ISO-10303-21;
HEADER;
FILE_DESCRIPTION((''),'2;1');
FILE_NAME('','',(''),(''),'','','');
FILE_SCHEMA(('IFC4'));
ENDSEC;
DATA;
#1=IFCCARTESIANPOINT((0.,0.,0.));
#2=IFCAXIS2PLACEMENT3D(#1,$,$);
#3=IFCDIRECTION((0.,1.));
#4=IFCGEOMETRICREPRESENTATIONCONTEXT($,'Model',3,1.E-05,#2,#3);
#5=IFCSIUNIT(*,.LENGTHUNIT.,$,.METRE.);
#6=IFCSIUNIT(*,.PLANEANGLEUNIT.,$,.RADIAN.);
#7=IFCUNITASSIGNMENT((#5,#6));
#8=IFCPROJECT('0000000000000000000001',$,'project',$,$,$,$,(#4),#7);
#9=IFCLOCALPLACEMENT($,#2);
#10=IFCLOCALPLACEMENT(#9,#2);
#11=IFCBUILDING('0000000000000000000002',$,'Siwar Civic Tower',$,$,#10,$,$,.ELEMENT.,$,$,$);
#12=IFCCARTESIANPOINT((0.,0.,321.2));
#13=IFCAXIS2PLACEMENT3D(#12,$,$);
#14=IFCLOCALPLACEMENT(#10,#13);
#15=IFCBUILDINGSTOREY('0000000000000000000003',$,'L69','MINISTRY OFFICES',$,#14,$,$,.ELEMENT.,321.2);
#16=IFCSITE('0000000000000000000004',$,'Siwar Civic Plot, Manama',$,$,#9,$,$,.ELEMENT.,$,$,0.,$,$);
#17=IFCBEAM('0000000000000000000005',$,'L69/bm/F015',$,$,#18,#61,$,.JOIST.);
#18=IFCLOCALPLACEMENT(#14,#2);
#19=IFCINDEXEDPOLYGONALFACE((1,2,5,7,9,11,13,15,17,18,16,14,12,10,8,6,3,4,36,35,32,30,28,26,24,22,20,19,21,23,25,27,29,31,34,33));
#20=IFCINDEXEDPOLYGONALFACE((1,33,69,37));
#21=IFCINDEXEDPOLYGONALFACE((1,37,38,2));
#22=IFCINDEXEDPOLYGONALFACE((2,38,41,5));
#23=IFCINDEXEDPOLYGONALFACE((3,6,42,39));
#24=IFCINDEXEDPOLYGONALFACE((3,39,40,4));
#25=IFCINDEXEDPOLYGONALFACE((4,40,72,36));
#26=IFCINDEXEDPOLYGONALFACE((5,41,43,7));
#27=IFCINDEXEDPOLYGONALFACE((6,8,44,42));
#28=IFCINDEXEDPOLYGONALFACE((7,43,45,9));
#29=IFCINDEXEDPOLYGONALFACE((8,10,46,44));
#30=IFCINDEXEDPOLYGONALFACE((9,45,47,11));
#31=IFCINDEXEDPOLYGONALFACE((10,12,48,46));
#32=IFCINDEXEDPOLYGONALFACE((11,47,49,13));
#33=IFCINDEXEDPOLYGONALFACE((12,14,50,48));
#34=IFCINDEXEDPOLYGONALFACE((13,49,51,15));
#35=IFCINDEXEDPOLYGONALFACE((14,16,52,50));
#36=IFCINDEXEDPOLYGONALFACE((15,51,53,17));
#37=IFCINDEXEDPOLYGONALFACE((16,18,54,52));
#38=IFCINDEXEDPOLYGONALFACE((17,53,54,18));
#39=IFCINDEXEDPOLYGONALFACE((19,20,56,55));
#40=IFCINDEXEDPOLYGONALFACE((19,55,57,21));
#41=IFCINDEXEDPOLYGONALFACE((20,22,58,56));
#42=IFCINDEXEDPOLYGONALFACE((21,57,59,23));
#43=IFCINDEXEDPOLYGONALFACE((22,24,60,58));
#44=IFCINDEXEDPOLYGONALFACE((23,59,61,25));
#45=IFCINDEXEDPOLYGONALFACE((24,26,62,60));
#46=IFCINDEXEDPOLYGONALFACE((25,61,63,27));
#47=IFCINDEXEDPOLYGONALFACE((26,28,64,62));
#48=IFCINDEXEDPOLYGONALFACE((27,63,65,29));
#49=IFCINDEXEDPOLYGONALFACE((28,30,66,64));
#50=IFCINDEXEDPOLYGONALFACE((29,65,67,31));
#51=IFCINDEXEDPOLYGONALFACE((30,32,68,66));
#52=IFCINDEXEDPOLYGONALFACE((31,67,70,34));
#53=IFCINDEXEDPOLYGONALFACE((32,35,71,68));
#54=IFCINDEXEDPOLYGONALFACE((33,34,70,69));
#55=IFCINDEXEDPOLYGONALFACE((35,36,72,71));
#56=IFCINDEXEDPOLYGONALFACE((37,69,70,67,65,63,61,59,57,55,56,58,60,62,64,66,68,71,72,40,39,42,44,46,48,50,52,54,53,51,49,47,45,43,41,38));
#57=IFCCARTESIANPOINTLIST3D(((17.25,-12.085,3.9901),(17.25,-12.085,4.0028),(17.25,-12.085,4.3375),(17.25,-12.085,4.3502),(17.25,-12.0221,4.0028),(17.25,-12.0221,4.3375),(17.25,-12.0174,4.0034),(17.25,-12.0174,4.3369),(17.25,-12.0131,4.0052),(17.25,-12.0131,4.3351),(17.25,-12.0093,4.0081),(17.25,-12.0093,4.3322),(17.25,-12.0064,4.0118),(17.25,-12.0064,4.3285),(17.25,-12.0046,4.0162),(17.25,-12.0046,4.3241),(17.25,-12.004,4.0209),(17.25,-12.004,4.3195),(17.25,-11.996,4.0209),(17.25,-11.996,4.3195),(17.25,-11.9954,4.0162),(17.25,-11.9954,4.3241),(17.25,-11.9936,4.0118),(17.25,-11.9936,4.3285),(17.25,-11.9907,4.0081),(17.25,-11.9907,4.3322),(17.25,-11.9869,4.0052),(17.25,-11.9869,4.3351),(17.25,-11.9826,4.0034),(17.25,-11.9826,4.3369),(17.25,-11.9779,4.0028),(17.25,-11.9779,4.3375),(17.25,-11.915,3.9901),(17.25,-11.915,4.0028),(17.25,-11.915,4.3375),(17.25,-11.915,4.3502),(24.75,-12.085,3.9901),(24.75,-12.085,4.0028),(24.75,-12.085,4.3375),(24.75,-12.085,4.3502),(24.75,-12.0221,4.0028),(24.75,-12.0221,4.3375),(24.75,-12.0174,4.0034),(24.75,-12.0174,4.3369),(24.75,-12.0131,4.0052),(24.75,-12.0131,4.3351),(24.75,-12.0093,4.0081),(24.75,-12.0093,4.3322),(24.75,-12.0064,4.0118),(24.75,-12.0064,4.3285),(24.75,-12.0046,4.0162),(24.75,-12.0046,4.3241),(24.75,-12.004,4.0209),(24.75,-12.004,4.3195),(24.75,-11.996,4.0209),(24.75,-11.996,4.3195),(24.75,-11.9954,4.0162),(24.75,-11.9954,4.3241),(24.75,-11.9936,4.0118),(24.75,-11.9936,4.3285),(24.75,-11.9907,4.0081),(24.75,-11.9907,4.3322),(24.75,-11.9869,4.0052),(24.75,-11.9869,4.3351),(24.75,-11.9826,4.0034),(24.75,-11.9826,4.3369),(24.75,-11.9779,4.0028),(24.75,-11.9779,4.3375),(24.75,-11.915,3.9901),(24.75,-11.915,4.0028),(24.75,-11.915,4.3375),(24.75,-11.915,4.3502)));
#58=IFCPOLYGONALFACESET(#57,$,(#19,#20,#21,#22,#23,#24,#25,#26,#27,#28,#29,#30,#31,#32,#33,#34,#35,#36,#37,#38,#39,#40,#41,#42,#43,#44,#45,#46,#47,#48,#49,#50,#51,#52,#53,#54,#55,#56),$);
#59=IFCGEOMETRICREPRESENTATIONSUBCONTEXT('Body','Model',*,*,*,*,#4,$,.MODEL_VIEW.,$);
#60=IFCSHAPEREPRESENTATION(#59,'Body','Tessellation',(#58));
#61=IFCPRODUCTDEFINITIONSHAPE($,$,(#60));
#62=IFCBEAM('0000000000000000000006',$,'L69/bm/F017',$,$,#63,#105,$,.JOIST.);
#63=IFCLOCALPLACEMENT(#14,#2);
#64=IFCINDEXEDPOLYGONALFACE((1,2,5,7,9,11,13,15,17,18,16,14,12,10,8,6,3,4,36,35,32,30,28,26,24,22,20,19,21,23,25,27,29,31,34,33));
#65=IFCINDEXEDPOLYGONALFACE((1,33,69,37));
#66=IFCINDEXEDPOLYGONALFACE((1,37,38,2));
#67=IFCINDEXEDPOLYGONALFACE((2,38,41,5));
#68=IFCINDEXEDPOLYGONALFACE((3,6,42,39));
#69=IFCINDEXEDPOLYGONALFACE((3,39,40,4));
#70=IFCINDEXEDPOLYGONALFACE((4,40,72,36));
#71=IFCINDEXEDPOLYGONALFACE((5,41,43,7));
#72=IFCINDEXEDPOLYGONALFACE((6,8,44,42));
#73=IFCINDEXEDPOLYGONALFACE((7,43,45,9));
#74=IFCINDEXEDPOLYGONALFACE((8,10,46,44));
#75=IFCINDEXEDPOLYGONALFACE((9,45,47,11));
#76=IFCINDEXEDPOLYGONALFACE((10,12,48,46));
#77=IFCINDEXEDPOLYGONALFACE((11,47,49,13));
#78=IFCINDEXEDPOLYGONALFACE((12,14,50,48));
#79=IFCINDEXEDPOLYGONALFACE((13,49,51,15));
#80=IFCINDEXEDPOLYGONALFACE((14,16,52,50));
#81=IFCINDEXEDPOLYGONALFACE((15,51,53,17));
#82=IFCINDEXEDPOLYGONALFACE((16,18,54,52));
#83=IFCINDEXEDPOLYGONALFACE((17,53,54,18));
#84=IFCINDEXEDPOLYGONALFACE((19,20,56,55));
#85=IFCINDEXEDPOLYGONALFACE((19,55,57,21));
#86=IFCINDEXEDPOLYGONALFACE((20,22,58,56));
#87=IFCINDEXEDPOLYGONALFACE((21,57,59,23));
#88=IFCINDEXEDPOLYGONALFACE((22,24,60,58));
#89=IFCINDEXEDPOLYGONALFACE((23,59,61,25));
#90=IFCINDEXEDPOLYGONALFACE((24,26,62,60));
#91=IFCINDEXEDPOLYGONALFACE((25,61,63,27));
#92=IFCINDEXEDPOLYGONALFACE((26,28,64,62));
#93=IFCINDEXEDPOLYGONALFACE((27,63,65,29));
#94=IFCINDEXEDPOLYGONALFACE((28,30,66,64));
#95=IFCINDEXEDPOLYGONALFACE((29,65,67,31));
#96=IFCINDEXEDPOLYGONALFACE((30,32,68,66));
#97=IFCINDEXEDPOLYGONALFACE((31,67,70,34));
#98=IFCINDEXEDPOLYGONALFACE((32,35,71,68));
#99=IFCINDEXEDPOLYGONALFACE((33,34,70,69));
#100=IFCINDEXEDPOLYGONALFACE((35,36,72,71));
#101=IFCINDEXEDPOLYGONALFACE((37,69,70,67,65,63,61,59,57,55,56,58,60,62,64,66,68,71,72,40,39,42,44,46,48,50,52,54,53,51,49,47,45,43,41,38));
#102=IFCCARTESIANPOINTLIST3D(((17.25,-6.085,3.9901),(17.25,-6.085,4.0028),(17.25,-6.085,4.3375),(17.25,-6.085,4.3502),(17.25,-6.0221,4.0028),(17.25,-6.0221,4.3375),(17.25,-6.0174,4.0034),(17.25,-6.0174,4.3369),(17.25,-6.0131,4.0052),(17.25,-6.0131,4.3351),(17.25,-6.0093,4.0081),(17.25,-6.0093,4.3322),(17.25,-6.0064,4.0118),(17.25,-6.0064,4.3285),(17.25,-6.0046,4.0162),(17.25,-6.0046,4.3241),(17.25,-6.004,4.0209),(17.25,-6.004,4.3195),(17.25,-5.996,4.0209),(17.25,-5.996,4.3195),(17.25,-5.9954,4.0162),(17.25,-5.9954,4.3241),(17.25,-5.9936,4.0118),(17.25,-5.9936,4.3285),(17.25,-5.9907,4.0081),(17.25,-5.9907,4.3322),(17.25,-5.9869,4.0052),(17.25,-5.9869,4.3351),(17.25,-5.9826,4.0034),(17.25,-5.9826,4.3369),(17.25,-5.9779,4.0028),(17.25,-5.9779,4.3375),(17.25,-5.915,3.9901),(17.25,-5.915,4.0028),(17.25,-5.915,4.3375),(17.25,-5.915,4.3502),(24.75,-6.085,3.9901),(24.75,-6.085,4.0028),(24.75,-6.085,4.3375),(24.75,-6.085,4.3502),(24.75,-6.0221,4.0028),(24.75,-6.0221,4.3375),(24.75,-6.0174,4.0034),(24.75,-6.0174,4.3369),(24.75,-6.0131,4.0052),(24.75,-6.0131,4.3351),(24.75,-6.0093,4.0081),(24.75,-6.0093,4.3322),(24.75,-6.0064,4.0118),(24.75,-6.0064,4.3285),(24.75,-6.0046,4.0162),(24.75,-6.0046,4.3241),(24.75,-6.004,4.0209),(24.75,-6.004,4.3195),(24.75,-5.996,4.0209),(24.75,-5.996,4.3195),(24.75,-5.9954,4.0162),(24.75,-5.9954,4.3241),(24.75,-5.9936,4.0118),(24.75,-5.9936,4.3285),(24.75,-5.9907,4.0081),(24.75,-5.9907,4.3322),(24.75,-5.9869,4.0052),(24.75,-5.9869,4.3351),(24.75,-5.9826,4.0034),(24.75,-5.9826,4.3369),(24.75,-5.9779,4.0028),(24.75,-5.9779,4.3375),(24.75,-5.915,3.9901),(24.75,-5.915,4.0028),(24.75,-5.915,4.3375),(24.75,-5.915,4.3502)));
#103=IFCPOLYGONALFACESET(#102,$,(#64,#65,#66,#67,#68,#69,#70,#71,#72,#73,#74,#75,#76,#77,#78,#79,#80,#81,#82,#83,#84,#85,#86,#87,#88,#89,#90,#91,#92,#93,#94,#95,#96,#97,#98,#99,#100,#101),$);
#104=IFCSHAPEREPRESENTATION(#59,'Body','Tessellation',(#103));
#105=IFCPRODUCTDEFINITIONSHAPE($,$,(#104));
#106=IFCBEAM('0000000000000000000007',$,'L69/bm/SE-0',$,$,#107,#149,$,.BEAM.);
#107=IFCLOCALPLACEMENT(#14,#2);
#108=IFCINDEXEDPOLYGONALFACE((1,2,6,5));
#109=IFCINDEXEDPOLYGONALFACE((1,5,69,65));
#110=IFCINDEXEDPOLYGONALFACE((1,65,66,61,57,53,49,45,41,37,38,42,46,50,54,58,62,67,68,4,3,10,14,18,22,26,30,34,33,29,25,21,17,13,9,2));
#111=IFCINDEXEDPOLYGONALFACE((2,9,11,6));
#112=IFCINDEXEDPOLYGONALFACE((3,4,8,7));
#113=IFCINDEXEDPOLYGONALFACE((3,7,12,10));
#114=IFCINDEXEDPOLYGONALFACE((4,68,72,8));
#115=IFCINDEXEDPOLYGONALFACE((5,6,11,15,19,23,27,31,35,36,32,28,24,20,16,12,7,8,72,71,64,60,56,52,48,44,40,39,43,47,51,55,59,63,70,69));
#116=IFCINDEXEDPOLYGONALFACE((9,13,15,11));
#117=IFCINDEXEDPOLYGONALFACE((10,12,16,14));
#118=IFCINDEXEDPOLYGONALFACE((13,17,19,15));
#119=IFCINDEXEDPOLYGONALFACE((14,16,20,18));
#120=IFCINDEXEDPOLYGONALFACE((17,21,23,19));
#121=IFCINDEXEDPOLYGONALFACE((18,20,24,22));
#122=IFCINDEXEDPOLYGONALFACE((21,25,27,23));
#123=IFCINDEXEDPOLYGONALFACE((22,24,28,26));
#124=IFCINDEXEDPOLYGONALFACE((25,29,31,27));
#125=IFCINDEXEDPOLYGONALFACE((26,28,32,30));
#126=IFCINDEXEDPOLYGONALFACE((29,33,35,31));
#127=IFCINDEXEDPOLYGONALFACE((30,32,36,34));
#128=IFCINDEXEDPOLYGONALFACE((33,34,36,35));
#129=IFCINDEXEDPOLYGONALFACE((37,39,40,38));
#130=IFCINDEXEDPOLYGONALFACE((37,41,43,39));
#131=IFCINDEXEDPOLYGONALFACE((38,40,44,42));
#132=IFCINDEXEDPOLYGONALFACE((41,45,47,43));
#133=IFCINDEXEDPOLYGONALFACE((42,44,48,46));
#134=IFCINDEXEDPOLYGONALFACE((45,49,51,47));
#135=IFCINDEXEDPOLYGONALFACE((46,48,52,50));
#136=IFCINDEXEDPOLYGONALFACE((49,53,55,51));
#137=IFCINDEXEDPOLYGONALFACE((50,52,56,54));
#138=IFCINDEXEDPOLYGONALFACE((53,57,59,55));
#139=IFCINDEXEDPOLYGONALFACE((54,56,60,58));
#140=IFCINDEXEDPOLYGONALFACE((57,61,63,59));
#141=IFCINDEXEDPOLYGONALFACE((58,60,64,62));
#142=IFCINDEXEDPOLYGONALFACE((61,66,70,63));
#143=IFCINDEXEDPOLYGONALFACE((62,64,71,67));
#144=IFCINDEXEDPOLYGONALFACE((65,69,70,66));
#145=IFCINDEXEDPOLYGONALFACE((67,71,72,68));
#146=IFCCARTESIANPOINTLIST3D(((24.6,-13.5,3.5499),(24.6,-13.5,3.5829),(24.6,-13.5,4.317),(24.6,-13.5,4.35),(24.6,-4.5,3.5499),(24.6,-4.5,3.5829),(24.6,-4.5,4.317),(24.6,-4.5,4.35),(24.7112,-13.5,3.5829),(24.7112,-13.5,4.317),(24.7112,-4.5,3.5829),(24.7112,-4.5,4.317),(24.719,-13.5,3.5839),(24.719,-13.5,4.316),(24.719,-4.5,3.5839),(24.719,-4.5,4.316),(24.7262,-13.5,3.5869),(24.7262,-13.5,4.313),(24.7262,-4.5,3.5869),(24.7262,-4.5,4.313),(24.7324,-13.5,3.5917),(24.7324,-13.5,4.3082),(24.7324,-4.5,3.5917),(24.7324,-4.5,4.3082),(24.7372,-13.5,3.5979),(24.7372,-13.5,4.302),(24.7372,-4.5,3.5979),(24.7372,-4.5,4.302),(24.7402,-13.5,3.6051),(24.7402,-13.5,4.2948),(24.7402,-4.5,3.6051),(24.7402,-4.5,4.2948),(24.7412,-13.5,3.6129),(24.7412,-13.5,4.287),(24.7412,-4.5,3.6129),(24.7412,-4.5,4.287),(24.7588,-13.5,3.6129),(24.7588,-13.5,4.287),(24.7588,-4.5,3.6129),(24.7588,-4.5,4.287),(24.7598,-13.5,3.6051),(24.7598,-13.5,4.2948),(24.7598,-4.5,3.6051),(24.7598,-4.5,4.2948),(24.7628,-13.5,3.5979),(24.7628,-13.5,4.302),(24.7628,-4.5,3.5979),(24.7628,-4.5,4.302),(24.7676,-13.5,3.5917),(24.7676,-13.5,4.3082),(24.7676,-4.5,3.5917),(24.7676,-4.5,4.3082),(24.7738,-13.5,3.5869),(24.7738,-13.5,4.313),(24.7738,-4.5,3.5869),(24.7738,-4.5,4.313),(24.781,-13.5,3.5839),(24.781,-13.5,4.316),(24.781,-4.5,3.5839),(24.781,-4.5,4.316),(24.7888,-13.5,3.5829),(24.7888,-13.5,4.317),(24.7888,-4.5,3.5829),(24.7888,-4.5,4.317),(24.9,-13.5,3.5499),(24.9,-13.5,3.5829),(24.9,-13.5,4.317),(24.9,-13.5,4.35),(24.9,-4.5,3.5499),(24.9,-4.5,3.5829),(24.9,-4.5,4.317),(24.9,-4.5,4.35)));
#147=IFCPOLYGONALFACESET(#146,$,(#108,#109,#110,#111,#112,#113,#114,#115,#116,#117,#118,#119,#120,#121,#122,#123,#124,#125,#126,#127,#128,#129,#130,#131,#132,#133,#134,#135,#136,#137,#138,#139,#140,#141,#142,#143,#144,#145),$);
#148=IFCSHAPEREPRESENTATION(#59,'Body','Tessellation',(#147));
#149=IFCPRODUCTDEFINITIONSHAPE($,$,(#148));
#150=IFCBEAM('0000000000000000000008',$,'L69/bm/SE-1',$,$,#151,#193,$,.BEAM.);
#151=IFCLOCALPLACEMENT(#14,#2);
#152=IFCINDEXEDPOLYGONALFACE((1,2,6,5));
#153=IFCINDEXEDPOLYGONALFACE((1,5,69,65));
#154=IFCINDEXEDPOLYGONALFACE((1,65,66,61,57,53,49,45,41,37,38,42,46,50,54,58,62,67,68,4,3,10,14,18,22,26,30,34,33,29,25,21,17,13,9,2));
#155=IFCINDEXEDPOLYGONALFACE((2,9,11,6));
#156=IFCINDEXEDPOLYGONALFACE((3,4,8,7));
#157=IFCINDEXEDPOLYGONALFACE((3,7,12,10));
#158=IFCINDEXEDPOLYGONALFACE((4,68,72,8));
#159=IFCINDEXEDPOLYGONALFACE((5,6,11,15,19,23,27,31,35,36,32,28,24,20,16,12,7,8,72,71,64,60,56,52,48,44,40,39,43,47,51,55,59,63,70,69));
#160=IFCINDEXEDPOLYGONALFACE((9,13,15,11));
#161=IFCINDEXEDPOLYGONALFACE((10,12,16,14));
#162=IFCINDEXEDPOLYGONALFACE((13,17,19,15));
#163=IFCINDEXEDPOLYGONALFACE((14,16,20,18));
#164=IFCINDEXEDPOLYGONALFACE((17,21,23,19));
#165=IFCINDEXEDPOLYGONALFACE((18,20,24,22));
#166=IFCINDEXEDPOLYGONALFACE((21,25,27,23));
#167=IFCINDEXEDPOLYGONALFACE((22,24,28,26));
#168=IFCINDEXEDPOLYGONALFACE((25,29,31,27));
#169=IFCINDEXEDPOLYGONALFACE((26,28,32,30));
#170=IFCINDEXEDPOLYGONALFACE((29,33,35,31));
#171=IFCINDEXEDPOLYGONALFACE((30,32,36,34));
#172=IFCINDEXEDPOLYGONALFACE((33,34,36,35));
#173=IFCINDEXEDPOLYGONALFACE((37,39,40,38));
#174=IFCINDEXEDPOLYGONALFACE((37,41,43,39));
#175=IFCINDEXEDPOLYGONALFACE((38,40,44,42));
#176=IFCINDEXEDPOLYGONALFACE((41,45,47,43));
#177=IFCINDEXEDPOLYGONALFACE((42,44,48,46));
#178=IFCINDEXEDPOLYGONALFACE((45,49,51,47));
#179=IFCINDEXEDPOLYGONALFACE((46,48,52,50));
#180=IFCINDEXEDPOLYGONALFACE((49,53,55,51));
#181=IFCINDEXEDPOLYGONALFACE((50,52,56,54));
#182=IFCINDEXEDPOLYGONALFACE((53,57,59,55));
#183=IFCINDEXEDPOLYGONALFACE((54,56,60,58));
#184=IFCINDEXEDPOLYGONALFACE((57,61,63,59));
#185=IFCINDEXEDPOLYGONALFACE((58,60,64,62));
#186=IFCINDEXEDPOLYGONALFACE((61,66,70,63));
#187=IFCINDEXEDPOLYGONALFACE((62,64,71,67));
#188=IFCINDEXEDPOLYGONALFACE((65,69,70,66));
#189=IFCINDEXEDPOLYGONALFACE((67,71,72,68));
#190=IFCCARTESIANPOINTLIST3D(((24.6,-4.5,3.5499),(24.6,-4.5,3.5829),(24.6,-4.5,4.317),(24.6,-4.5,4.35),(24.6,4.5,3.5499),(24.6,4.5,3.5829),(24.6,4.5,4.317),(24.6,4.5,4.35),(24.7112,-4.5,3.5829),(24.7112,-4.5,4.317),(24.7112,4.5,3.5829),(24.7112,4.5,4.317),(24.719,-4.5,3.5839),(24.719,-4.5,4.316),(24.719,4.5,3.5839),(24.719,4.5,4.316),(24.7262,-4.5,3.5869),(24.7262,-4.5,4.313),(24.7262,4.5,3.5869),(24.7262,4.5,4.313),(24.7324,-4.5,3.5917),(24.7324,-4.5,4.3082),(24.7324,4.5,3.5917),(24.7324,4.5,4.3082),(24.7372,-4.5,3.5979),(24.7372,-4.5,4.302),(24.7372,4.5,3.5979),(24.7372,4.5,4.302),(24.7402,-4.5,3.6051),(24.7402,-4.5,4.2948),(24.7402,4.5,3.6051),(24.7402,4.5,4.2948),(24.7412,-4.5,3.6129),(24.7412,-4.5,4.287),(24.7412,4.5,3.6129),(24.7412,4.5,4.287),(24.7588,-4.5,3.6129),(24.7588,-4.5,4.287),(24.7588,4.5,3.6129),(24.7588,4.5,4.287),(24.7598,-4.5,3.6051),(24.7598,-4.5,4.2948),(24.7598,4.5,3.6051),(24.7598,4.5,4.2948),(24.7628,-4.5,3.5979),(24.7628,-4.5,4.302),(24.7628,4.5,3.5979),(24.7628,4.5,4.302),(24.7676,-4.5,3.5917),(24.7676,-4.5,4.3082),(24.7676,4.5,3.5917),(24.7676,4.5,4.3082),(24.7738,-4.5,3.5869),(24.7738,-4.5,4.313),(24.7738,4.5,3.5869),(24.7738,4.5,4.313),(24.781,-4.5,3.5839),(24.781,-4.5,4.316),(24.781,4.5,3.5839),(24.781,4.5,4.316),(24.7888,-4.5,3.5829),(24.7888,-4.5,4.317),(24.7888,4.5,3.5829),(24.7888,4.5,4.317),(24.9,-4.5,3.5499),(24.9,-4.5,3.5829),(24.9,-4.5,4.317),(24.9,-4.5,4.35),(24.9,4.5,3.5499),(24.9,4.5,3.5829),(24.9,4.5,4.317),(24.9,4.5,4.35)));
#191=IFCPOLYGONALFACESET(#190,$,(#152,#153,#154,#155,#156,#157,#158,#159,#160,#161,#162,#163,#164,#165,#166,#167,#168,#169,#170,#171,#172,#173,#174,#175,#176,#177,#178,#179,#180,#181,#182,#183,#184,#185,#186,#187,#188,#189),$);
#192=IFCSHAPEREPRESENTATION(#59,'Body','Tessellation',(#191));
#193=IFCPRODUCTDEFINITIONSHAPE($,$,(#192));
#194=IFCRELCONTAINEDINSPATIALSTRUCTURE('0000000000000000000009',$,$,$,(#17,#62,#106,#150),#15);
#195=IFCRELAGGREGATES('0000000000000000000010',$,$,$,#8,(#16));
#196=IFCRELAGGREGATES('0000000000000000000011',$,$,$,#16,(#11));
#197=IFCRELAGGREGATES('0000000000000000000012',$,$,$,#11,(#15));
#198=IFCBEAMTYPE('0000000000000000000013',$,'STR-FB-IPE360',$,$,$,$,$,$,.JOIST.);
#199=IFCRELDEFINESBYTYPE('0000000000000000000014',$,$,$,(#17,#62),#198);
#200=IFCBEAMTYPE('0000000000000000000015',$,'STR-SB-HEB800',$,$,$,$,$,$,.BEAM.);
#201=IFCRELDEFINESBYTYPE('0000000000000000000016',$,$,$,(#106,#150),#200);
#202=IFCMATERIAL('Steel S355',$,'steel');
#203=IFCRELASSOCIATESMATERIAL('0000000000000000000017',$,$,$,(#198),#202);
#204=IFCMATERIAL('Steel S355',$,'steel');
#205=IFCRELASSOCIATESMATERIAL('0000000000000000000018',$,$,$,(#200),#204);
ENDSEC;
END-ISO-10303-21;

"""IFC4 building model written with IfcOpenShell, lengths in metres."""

from ifc_helpers import new_model, si_unit, direction, frame, origin, origin_2d, place, context, subcontext, project, spatial, i_section, extrude, material, material_profile, profile_set, type_object, element, save


model = new_model("IFC4")

# Units and contexts
model_context = context("Model", 3, precision=1e-05, world=origin(), true_north=direction((0.0, 1.0)))
body_context = subcontext(model_context, "Body", "Model", "MODEL_VIEW")
ifc_project = project(units=[si_unit("LENGTHUNIT", "METRE"), si_unit("PLANEANGLEUNIT", "RADIAN")], contexts=[model_context])

# Site, building, storey
site_placement = place(None, origin())
site = spatial("IfcSite", under=ifc_project, at=site_placement, Name="Siwar Civic Plot, Manama", CompositionType="ELEMENT", RefElevation=0.0)
building_placement = place(site_placement, origin())
building = spatial("IfcBuilding", under=site, at=building_placement, Name="Siwar Civic Tower", CompositionType="ELEMENT")
storey_placement = place(building_placement, frame((0.0, 0.0, 321.2)))
storey = spatial("IfcBuildingStorey", under=building, at=storey_placement, Name="L69", Description="MINISTRY OFFICES", CompositionType="ELEMENT", Elevation=321.2)

# Beams
ifc_material_1 = material(Name="Steel S355", Category="steel")
ifc_material_profile_1 = material_profile(ifc_material_1, i_section(OverallWidth=0.1699, OverallDepth=0.3601, WebThickness=0.0081, FlangeThickness=0.0127, FilletRadius=0.0181, at=origin_2d()), Name="IPE360")
ifc_profile_set_1 = profile_set([ifc_material_profile_1], Name="Steel S355")
beam_type_1 = type_object("IfcBeamType", Name="STR-FB-IPE360", PredefinedType="JOIST", material=ifc_profile_set_1)
for number, where, z_axis, x_axis, name in (
    (1, (17.25, -12.0, 4.1702), (1.0, 0.0, 0.0), (0.0, 1.0, 0.0), "L69/bm/F015"),
    (2, (17.25, -6.0, 4.1702), (1.0, 0.0, 0.0), (0.0, 1.0, 0.0), "L69/bm/F017"),
):
    element("IfcBeam", number, at=place(storey_placement, frame(where, z_axis=z_axis, x_axis=x_axis)), inside=storey, type_object=beam_type_1, Name=name, PredefinedType="JOIST", context=body_context, shape_type="SweptSolid", body=[
        extrude(i_section(OverallWidth=0.1699, OverallDepth=0.3601, WebThickness=0.0081, FlangeThickness=0.0127, FilletRadius=0.0181, at=origin_2d()), origin(), (0.0, 0.0, 1.0), 7.5),
    ])
ifc_material_2 = material(Name="Steel S355", Category="steel")
ifc_material_profile_2 = material_profile(ifc_material_2, i_section(OverallWidth=0.3, OverallDepth=0.8, WebThickness=0.0176, FlangeThickness=0.033, FilletRadius=0.03, at=origin_2d()), Name="HEB800")
ifc_profile_set_2 = profile_set([ifc_material_profile_2], Name="Steel S355")
beam_type_2 = type_object("IfcBeamType", Name="STR-SB-HEB800", PredefinedType="BEAM", material=ifc_profile_set_2)
for number, where, z_axis, x_axis, name in (
    (3, (24.75, -13.5, 3.95), (0.0, 1.0, 0.0), (-1.0, 0.0, 0.0), "L69/bm/SE-0"),
    (4, (24.75, -4.5, 3.95), (0.0, 1.0, 0.0), (-1.0, 0.0, 0.0), "L69/bm/SE-1"),
):
    element("IfcBeam", number, at=place(storey_placement, frame(where, z_axis=z_axis, x_axis=x_axis)), inside=storey, type_object=beam_type_2, Name=name, PredefinedType="BEAM", context=body_context, shape_type="SweptSolid", body=[
        extrude(i_section(OverallWidth=0.3, OverallDepth=0.8, WebThickness=0.0176, FlangeThickness=0.033, FilletRadius=0.03, at=origin_2d()), origin(), (0.0, 0.0, 1.0), 9.0),
    ])

save(model, "model.ifc")
